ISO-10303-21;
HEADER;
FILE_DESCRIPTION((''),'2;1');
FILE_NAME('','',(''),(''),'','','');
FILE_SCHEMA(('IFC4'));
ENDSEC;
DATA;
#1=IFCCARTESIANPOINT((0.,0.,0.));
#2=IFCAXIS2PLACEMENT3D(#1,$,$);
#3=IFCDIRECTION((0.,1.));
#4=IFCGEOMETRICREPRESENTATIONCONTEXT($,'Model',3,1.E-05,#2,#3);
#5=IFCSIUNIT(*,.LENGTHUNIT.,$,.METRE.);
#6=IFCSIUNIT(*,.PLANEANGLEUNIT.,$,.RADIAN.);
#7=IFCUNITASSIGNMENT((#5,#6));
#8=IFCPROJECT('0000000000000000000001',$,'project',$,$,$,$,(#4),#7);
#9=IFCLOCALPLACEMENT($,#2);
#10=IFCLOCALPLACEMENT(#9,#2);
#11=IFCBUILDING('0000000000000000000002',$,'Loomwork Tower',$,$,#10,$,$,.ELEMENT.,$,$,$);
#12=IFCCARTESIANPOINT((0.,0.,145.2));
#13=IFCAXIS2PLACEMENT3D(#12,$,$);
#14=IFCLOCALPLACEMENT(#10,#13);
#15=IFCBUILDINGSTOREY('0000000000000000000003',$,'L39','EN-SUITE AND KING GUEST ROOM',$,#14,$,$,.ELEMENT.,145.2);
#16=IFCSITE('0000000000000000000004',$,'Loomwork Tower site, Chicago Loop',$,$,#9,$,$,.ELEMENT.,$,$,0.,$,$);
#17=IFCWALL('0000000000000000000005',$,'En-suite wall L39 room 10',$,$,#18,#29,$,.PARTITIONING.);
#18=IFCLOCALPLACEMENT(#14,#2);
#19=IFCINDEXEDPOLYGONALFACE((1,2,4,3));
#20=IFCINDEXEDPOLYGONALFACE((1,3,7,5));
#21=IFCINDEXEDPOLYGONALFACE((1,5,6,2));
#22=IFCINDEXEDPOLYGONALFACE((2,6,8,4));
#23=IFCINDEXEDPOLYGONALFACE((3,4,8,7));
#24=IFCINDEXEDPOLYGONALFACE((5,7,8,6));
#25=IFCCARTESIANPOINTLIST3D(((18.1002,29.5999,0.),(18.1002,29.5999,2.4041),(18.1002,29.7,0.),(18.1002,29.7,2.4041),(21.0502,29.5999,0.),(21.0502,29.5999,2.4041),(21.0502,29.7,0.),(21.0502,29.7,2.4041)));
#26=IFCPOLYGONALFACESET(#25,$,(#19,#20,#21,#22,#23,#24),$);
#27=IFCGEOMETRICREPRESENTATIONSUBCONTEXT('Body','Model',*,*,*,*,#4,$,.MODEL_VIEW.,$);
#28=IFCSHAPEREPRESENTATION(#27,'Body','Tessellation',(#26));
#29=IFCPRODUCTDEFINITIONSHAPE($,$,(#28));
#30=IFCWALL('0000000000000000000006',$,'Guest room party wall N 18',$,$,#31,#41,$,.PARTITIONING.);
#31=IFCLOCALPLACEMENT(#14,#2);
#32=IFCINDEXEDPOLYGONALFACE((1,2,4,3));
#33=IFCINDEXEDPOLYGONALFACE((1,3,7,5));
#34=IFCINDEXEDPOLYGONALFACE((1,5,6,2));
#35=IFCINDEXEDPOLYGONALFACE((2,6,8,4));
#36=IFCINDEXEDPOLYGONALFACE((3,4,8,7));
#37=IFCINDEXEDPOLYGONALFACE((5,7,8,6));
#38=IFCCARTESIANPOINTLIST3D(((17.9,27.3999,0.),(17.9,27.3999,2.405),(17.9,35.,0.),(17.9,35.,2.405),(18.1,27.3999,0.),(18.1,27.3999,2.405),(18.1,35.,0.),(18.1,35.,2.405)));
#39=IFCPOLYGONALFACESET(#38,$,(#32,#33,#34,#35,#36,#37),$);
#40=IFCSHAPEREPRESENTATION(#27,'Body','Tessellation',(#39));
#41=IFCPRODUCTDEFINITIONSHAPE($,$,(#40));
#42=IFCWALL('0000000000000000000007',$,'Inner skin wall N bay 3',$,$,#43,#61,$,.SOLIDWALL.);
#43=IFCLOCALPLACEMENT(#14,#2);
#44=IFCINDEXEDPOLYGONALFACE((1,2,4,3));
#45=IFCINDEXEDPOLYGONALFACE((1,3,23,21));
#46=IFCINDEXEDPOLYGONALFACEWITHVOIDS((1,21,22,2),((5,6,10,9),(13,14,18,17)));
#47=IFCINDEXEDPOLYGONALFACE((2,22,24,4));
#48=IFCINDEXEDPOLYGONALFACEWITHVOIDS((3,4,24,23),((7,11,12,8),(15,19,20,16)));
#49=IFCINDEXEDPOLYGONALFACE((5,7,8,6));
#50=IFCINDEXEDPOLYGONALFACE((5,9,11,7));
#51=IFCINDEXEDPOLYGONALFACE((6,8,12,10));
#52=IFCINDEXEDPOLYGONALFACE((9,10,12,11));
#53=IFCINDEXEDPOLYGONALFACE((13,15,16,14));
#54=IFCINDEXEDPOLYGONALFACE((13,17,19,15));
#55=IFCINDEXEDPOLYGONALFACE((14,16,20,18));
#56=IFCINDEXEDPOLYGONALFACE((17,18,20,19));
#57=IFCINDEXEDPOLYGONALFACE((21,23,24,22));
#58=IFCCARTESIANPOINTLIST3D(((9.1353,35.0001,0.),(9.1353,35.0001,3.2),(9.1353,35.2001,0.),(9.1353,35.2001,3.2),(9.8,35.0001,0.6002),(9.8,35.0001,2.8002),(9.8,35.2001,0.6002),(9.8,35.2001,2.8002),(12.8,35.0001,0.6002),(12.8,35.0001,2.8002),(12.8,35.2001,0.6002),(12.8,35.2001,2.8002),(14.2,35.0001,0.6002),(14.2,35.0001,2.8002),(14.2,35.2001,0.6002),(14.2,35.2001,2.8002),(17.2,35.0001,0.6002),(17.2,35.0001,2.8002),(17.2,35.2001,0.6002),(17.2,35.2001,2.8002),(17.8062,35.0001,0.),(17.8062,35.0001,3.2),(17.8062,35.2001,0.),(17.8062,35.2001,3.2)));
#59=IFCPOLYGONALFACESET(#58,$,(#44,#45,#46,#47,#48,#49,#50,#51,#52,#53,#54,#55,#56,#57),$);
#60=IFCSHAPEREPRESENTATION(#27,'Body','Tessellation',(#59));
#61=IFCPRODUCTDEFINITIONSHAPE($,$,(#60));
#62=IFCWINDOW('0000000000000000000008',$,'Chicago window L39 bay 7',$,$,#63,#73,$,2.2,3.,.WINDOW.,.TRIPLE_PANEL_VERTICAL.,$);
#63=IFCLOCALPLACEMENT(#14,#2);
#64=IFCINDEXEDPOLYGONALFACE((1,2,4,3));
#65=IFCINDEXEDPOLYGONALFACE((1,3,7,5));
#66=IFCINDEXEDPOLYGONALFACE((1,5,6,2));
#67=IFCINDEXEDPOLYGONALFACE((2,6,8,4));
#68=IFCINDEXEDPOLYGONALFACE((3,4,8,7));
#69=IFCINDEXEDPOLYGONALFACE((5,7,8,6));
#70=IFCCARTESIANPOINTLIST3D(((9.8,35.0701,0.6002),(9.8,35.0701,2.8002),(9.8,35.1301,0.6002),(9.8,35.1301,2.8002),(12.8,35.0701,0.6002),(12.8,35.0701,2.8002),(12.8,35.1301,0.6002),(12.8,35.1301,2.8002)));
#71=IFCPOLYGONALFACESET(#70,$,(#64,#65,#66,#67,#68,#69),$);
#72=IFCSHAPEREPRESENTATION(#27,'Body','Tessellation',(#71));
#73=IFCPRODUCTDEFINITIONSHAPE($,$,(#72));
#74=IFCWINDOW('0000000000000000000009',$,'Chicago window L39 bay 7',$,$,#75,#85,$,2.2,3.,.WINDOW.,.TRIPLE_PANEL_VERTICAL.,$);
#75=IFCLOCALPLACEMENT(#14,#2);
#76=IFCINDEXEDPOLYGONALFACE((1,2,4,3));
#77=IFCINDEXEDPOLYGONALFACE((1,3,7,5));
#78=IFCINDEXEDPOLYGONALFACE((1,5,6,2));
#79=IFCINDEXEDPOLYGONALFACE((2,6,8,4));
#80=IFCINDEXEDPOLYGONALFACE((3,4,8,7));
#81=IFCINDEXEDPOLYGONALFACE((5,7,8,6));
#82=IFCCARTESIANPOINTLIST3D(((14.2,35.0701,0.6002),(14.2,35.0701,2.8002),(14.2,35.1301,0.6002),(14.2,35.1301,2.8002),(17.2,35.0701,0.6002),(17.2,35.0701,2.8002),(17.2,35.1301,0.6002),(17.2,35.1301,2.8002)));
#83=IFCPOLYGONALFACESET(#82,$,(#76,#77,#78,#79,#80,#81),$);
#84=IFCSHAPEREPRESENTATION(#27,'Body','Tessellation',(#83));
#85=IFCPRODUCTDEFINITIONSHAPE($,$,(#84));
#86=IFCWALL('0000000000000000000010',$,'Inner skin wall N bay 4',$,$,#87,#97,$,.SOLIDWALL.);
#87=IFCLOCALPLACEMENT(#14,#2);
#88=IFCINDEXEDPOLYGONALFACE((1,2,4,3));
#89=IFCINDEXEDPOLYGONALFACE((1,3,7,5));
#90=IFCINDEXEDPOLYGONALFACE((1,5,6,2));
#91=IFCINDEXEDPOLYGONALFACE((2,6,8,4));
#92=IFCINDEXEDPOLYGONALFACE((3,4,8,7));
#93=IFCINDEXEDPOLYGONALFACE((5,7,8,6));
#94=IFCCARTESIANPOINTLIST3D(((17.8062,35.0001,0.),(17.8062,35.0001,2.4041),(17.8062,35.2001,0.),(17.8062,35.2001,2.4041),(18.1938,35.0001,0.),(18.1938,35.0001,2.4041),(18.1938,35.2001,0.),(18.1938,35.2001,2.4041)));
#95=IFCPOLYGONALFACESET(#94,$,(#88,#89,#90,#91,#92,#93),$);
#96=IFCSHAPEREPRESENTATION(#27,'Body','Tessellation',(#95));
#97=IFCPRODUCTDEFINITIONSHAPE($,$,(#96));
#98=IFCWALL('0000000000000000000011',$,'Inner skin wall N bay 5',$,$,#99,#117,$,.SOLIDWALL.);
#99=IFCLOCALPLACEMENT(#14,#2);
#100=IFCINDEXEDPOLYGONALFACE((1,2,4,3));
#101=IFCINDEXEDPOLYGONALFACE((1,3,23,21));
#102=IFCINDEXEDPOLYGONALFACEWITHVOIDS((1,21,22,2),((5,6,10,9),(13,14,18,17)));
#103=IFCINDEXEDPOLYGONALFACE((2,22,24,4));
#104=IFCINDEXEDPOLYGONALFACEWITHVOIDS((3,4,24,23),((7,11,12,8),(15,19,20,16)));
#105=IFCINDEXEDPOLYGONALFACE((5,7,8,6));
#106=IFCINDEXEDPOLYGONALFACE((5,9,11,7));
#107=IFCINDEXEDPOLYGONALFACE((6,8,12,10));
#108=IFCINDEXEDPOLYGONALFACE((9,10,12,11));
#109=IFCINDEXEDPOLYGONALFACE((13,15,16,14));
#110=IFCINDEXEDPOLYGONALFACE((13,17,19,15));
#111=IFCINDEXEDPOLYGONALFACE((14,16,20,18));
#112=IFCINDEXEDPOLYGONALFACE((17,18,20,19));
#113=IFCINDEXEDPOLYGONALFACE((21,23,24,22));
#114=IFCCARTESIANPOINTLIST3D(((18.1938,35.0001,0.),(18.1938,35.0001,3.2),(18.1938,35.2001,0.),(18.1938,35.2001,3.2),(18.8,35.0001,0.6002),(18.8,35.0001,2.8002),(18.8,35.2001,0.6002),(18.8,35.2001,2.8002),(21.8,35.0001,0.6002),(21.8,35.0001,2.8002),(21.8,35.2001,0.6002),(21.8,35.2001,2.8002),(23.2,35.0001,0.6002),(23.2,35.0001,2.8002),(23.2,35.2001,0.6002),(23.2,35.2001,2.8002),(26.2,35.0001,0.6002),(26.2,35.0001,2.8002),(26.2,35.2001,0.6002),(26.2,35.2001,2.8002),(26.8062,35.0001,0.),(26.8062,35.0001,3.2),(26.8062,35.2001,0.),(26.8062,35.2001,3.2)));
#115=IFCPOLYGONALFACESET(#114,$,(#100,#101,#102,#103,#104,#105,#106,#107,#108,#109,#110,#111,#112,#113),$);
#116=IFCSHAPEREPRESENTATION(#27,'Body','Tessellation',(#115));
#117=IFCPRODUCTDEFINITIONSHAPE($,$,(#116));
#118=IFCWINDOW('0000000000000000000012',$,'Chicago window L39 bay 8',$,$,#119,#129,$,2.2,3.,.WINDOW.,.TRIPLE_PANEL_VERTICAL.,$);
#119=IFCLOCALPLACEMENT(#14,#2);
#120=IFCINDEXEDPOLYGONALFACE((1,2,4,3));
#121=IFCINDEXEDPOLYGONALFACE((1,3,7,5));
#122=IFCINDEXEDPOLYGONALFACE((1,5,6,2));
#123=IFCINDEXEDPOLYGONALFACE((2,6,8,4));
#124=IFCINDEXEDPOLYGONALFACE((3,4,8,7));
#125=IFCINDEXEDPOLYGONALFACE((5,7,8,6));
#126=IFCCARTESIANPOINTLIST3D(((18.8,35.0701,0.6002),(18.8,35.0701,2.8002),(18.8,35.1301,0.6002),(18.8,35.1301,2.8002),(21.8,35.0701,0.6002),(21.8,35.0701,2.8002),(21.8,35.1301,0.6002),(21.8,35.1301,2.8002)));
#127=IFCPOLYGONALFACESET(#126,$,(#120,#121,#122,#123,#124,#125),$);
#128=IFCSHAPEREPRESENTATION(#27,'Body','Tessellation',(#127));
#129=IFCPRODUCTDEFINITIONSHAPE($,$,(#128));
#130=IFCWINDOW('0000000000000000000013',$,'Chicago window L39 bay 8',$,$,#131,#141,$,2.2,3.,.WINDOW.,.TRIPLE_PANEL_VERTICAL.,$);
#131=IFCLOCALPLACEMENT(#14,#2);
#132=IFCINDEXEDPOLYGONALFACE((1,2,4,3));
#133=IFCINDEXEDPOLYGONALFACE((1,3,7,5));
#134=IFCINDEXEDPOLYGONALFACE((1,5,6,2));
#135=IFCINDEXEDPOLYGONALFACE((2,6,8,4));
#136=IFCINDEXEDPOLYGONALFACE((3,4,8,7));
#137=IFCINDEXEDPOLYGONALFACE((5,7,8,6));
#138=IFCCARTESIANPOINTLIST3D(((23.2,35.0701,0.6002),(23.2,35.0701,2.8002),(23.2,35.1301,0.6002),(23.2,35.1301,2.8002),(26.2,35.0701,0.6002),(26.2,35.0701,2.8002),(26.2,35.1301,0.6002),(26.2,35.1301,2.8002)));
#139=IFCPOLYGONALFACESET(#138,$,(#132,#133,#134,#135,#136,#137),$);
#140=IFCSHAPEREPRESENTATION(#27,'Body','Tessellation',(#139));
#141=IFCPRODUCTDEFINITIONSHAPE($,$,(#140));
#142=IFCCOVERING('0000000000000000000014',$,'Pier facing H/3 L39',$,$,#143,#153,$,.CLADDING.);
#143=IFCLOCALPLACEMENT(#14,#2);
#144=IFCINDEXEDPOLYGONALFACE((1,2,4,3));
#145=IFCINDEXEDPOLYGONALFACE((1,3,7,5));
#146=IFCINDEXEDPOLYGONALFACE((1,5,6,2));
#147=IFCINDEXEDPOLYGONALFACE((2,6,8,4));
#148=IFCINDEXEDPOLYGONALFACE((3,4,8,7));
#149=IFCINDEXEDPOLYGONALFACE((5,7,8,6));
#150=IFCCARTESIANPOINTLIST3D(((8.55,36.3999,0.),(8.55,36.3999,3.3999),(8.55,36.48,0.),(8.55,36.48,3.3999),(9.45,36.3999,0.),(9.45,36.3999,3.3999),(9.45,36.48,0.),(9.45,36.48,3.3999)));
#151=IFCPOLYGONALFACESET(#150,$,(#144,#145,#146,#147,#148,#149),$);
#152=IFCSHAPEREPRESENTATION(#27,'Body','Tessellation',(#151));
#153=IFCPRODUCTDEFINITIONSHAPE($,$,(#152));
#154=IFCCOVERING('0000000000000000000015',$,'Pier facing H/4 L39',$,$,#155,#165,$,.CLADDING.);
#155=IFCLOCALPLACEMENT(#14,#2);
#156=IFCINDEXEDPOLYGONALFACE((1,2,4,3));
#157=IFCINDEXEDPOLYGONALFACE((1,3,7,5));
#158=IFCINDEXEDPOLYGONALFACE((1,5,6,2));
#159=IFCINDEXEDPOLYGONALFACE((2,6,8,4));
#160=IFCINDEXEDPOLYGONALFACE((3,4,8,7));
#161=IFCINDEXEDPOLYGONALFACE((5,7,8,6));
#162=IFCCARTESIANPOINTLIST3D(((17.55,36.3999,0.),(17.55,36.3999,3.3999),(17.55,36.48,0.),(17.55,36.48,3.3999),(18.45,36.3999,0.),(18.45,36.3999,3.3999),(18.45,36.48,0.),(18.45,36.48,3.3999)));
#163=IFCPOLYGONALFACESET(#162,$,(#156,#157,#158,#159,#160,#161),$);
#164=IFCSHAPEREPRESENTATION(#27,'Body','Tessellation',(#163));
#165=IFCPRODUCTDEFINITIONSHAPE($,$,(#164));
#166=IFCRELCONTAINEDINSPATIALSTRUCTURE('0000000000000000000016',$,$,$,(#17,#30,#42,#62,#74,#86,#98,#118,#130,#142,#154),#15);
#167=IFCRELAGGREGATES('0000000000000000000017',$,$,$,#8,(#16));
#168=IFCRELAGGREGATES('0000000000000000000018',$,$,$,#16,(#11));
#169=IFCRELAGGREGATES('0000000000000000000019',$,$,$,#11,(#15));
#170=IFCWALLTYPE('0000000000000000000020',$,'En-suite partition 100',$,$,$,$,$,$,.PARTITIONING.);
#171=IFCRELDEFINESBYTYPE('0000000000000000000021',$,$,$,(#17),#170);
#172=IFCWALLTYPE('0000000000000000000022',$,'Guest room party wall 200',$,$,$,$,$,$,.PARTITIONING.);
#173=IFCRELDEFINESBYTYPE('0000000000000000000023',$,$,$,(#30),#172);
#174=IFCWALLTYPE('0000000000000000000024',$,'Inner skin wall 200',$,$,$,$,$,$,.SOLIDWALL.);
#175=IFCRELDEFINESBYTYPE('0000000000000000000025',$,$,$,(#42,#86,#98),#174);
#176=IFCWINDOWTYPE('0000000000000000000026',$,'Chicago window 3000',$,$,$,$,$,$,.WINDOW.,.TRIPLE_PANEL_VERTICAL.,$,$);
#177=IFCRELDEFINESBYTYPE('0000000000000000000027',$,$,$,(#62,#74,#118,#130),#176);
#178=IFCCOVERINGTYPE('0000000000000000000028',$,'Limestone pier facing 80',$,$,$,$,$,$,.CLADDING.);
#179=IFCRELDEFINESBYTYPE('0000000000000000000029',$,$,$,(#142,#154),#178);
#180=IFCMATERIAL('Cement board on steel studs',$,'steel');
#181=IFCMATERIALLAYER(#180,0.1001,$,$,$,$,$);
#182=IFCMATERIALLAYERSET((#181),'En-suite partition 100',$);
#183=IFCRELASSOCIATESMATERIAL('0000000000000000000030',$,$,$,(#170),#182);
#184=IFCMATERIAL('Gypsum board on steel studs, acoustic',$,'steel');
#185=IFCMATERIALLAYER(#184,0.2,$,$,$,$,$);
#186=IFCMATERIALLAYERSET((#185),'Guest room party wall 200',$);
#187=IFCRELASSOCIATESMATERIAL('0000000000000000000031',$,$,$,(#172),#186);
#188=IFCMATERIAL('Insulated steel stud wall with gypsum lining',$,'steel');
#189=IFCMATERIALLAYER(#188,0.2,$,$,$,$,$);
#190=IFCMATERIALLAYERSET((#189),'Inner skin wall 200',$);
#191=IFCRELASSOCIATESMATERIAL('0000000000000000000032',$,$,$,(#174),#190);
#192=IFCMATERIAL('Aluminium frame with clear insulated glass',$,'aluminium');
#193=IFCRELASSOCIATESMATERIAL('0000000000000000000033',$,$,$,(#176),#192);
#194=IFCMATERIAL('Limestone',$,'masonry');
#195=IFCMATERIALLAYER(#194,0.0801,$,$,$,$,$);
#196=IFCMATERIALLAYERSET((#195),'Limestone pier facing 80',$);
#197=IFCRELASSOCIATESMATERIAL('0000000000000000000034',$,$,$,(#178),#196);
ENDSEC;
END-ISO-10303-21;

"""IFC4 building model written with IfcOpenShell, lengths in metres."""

from ifc_helpers import new_model, si_unit, direction, frame, frame_2d, origin, origin_2d, place, context, subcontext, project, spatial, rectangle, extrude, material, layer, layer_set, type_object, element, fill, save


model = new_model("IFC4")

# Units and contexts
model_context = context("Model", 3, precision=1e-05, world=origin(), true_north=direction((0.0, 1.0)))
body_context = subcontext(model_context, "Body", "Model", "MODEL_VIEW")
ifc_project = project(units=[si_unit("LENGTHUNIT", "METRE"), si_unit("PLANEANGLEUNIT", "RADIAN")], contexts=[model_context])

# Site, building, storey
site_placement = place(None, origin())
site = spatial("IfcSite", under=ifc_project, at=site_placement, Name="Loomwork Tower site, Chicago Loop", CompositionType="ELEMENT", RefElevation=0.0)
building_placement = place(site_placement, origin())
building = spatial("IfcBuilding", under=site, at=building_placement, Name="Loomwork Tower", CompositionType="ELEMENT")
storey_placement = place(building_placement, frame((0.0, 0.0, 145.2)))
storey = spatial("IfcBuildingStorey", under=building, at=storey_placement, Name="L39", Description="EN-SUITE AND KING GUEST ROOM", CompositionType="ELEMENT", Elevation=145.2)

# Walls
ifc_material_1 = material(Name="Cement board on steel studs", Category="steel")
ifc_layer_1 = layer(ifc_material_1, 0.1001)
ifc_layer_set_1 = layer_set([ifc_layer_1], Name="En-suite partition 100")
wall_type_1 = type_object("IfcWallType", Name="En-suite partition 100", PredefinedType="PARTITIONING", material=ifc_layer_set_1)
for number, where, z_axis, x_axis, name in (
    (1, (18.1001, 29.6499, 0.0), (0.0, 0.0, 1.0), (1.0, 0.0, 0.0), "En-suite wall L39 room 10"),
):
    element("IfcWall", number, at=place(storey_placement, frame(where, z_axis=z_axis, x_axis=x_axis)), inside=storey, type_object=wall_type_1, Name=name, PredefinedType="PARTITIONING", context=body_context, shape_type="SweptSolid", body=[
        extrude(rectangle(XDim=2.95, YDim=0.1001, at=frame_2d((1.4751, 0.0))), origin(), (0.0, 0.0, 1.0), 2.4041),
    ])
ifc_material_2 = material(Name="Gypsum board on steel studs, acoustic", Category="steel")
ifc_layer_2 = layer(ifc_material_2, 0.2)
ifc_layer_set_2 = layer_set([ifc_layer_2], Name="Guest room party wall 200")
wall_type_2 = type_object("IfcWallType", Name="Guest room party wall 200", PredefinedType="PARTITIONING", material=ifc_layer_set_2)
wall_1_placement = place(storey_placement, frame((18.0, 27.3999, 0.0), z_axis=(0.0, 0.0, 1.0), x_axis=(0.0, 1.0, 0.0)))
element("IfcWall", 2, at=wall_1_placement, inside=storey, type_object=wall_type_2, Name="Guest room party wall N 18", PredefinedType="PARTITIONING", context=body_context, shape_type="SweptSolid", body=[
    extrude(rectangle(XDim=7.6001, YDim=0.2, at=frame_2d((3.8, 0.0))), origin(), (0.0, 0.0, 1.0), 2.405),
])

# Wall, openings, windows
ifc_material_3 = material(Name="Insulated steel stud wall with gypsum lining", Category="steel")
ifc_layer_3 = layer(ifc_material_3, 0.2)
ifc_layer_set_3 = layer_set([ifc_layer_3], Name="Inner skin wall 200")
wall_type_3 = type_object("IfcWallType", Name="Inner skin wall 200", PredefinedType="SOLIDWALL", material=ifc_layer_set_3)
wall_2_placement = place(storey_placement, frame((9.1353, 35.1001, 0.0), z_axis=(0.0, 0.0, 1.0), x_axis=(1.0, 0.0, 0.0)))
wall_2 = element("IfcWall", 3, at=wall_2_placement, inside=storey, type_object=wall_type_3, Name="Inner skin wall N bay 3", PredefinedType="SOLIDWALL", context=body_context, shape_type="SweptSolid", body=[
    extrude(rectangle(XDim=8.6709, YDim=0.2, at=frame_2d((4.3354, 0.0))), origin(), (0.0, 0.0, 1.0), 3.2),
])
opening_1_placement = place(wall_2_placement, frame((0.6648, 0.0, 0.6001)))
opening_1 = element("IfcOpeningElement", 4, at=opening_1_placement, cuts=wall_2, PredefinedType="OPENING", context=body_context, shape_type="SweptSolid", body=[
    extrude(rectangle(XDim=3.0, YDim=2.2, at=frame_2d((1.5, 1.1001))), frame((0.0, 0.1099, 0.0), z_axis=(0.0, -1.0, 0.0), x_axis=(1.0, 0.0, 0.0)), (0.0, 0.0, 1.0), 0.22),
])
opening_2_placement = place(wall_2_placement, frame((5.0647, 0.0, 0.6001)))
opening_2 = element("IfcOpeningElement", 5, at=opening_2_placement, cuts=wall_2, PredefinedType="OPENING", context=body_context, shape_type="SweptSolid", body=[
    extrude(rectangle(XDim=3.0, YDim=2.2, at=frame_2d((1.5, 1.1001))), frame((0.0, 0.1099, 0.0), z_axis=(0.0, -1.0, 0.0), x_axis=(1.0, 0.0, 0.0)), (0.0, 0.0, 1.0), 0.22),
])
ifc_material_4 = material(Name="Aluminium frame with clear insulated glass", Category="aluminium")
window_type = type_object("IfcWindowType", Name="Chicago window 3000", PartitioningType="TRIPLE_PANEL_VERTICAL", PredefinedType="WINDOW", material=ifc_material_4)
window_1_placement = place(opening_1_placement, origin())
window_1 = element("IfcWindow", 6, at=window_1_placement, inside=storey, type_object=window_type, Name="Chicago window L39 bay 7", OverallHeight=2.2, OverallWidth=3.0, PartitioningType="TRIPLE_PANEL_VERTICAL", PredefinedType="WINDOW", context=body_context, shape_type="SweptSolid", body=[
    extrude(rectangle(XDim=3.0, YDim=2.2, at=frame_2d((1.5, 1.1001))), frame((0.0, 0.03, 0.0), z_axis=(0.0, -1.0, 0.0), x_axis=(1.0, 0.0, 0.0)), (0.0, 0.0, 1.0), 0.0601),
])
fill(opening_1, window_1)
window_2_placement = place(opening_2_placement, origin())
window_2 = element("IfcWindow", 7, at=window_2_placement, inside=storey, type_object=window_type, Name="Chicago window L39 bay 7", OverallHeight=2.2, OverallWidth=3.0, PartitioningType="TRIPLE_PANEL_VERTICAL", PredefinedType="WINDOW", context=body_context, shape_type="SweptSolid", body=[
    extrude(rectangle(XDim=3.0, YDim=2.2, at=frame_2d((1.5, 1.1001))), frame((0.0, 0.03, 0.0), z_axis=(0.0, -1.0, 0.0), x_axis=(1.0, 0.0, 0.0)), (0.0, 0.0, 1.0), 0.0601),
])
fill(opening_2, window_2)

# Wall
wall_3_placement = place(storey_placement, frame((17.8062, 35.1001, 0.0), z_axis=(0.0, 0.0, 1.0), x_axis=(1.0, 0.0, 0.0)))
element("IfcWall", 8, at=wall_3_placement, inside=storey, type_object=wall_type_3, Name="Inner skin wall N bay 4", PredefinedType="SOLIDWALL", context=body_context, shape_type="SweptSolid", body=[
    extrude(rectangle(XDim=0.3877, YDim=0.2, at=frame_2d((0.1938, 0.0))), origin(), (0.0, 0.0, 1.0), 2.4041),
])

# Wall, openings, windows
wall_4_placement = place(storey_placement, frame((18.1938, 35.1001, 0.0), z_axis=(0.0, 0.0, 1.0), x_axis=(1.0, 0.0, 0.0)))
wall_4 = element("IfcWall", 9, at=wall_4_placement, inside=storey, type_object=wall_type_3, Name="Inner skin wall N bay 5", PredefinedType="SOLIDWALL", context=body_context, shape_type="SweptSolid", body=[
    extrude(rectangle(XDim=8.6123, YDim=0.2, at=frame_2d((4.3062, 0.0))), origin(), (0.0, 0.0, 1.0), 3.2),
])
opening_3_placement = place(wall_4_placement, frame((0.6062, 0.0, 0.6001)))
opening_3 = element("IfcOpeningElement", 10, at=opening_3_placement, cuts=wall_4, PredefinedType="OPENING", context=body_context, shape_type="SweptSolid", body=[
    extrude(rectangle(XDim=3.0, YDim=2.2, at=frame_2d((1.5, 1.1001))), frame((0.0, 0.1099, 0.0), z_axis=(0.0, -1.0, 0.0), x_axis=(1.0, 0.0, 0.0)), (0.0, 0.0, 1.0), 0.22),
])
opening_4_placement = place(wall_4_placement, frame((5.0061, 0.0, 0.6001)))
opening_4 = element("IfcOpeningElement", 11, at=opening_4_placement, cuts=wall_4, PredefinedType="OPENING", context=body_context, shape_type="SweptSolid", body=[
    extrude(rectangle(XDim=3.0, YDim=2.2, at=frame_2d((1.5, 1.1001))), frame((0.0, 0.1099, 0.0), z_axis=(0.0, -1.0, 0.0), x_axis=(1.0, 0.0, 0.0)), (0.0, 0.0, 1.0), 0.22),
])
window_3_placement = place(opening_3_placement, origin())
window_3 = element("IfcWindow", 12, at=window_3_placement, inside=storey, type_object=window_type, Name="Chicago window L39 bay 8", OverallHeight=2.2, OverallWidth=3.0, PartitioningType="TRIPLE_PANEL_VERTICAL", PredefinedType="WINDOW", context=body_context, shape_type="SweptSolid", body=[
    extrude(rectangle(XDim=3.0, YDim=2.2, at=frame_2d((1.5, 1.1001))), frame((0.0, 0.03, 0.0), z_axis=(0.0, -1.0, 0.0), x_axis=(1.0, 0.0, 0.0)), (0.0, 0.0, 1.0), 0.0601),
])
fill(opening_3, window_3)
window_4_placement = place(opening_4_placement, origin())
window_4 = element("IfcWindow", 13, at=window_4_placement, inside=storey, type_object=window_type, Name="Chicago window L39 bay 8", OverallHeight=2.2, OverallWidth=3.0, PartitioningType="TRIPLE_PANEL_VERTICAL", PredefinedType="WINDOW", context=body_context, shape_type="SweptSolid", body=[
    extrude(rectangle(XDim=3.0, YDim=2.2, at=frame_2d((1.5, 1.1001))), frame((0.0, 0.03, 0.0), z_axis=(0.0, -1.0, 0.0), x_axis=(1.0, 0.0, 0.0)), (0.0, 0.0, 1.0), 0.0601),
])
fill(opening_4, window_4)

# Coverings
ifc_material_5 = material(Name="Limestone", Category="masonry")
ifc_layer_4 = layer(ifc_material_5, 0.0801)
ifc_layer_set_4 = layer_set([ifc_layer_4], Name="Limestone pier facing 80")
covering_type = type_object("IfcCoveringType", Name="Limestone pier facing 80", PredefinedType="CLADDING", material=ifc_layer_set_4)
for number, where, z_axis, x_axis, name in (
    (14, (9.0, 36.4399, 0.0), (0.0, 0.0, 1.0), (1.0, 0.0, 0.0), "Pier facing H/3 L39"),
    (15, (18.0, 36.4399, 0.0), (0.0, 0.0, 1.0), (1.0, 0.0, 0.0), "Pier facing H/4 L39"),
):
    element("IfcCovering", number, at=place(storey_placement, frame(where, z_axis=z_axis, x_axis=x_axis)), inside=storey, type_object=covering_type, Name=name, PredefinedType="CLADDING", context=body_context, shape_type="SweptSolid", body=[
        extrude(rectangle(XDim=0.8999, YDim=0.0801, at=origin_2d()), origin(), (0.0, 0.0, 1.0), 3.3999),
    ])

save(model, "model.ifc")
